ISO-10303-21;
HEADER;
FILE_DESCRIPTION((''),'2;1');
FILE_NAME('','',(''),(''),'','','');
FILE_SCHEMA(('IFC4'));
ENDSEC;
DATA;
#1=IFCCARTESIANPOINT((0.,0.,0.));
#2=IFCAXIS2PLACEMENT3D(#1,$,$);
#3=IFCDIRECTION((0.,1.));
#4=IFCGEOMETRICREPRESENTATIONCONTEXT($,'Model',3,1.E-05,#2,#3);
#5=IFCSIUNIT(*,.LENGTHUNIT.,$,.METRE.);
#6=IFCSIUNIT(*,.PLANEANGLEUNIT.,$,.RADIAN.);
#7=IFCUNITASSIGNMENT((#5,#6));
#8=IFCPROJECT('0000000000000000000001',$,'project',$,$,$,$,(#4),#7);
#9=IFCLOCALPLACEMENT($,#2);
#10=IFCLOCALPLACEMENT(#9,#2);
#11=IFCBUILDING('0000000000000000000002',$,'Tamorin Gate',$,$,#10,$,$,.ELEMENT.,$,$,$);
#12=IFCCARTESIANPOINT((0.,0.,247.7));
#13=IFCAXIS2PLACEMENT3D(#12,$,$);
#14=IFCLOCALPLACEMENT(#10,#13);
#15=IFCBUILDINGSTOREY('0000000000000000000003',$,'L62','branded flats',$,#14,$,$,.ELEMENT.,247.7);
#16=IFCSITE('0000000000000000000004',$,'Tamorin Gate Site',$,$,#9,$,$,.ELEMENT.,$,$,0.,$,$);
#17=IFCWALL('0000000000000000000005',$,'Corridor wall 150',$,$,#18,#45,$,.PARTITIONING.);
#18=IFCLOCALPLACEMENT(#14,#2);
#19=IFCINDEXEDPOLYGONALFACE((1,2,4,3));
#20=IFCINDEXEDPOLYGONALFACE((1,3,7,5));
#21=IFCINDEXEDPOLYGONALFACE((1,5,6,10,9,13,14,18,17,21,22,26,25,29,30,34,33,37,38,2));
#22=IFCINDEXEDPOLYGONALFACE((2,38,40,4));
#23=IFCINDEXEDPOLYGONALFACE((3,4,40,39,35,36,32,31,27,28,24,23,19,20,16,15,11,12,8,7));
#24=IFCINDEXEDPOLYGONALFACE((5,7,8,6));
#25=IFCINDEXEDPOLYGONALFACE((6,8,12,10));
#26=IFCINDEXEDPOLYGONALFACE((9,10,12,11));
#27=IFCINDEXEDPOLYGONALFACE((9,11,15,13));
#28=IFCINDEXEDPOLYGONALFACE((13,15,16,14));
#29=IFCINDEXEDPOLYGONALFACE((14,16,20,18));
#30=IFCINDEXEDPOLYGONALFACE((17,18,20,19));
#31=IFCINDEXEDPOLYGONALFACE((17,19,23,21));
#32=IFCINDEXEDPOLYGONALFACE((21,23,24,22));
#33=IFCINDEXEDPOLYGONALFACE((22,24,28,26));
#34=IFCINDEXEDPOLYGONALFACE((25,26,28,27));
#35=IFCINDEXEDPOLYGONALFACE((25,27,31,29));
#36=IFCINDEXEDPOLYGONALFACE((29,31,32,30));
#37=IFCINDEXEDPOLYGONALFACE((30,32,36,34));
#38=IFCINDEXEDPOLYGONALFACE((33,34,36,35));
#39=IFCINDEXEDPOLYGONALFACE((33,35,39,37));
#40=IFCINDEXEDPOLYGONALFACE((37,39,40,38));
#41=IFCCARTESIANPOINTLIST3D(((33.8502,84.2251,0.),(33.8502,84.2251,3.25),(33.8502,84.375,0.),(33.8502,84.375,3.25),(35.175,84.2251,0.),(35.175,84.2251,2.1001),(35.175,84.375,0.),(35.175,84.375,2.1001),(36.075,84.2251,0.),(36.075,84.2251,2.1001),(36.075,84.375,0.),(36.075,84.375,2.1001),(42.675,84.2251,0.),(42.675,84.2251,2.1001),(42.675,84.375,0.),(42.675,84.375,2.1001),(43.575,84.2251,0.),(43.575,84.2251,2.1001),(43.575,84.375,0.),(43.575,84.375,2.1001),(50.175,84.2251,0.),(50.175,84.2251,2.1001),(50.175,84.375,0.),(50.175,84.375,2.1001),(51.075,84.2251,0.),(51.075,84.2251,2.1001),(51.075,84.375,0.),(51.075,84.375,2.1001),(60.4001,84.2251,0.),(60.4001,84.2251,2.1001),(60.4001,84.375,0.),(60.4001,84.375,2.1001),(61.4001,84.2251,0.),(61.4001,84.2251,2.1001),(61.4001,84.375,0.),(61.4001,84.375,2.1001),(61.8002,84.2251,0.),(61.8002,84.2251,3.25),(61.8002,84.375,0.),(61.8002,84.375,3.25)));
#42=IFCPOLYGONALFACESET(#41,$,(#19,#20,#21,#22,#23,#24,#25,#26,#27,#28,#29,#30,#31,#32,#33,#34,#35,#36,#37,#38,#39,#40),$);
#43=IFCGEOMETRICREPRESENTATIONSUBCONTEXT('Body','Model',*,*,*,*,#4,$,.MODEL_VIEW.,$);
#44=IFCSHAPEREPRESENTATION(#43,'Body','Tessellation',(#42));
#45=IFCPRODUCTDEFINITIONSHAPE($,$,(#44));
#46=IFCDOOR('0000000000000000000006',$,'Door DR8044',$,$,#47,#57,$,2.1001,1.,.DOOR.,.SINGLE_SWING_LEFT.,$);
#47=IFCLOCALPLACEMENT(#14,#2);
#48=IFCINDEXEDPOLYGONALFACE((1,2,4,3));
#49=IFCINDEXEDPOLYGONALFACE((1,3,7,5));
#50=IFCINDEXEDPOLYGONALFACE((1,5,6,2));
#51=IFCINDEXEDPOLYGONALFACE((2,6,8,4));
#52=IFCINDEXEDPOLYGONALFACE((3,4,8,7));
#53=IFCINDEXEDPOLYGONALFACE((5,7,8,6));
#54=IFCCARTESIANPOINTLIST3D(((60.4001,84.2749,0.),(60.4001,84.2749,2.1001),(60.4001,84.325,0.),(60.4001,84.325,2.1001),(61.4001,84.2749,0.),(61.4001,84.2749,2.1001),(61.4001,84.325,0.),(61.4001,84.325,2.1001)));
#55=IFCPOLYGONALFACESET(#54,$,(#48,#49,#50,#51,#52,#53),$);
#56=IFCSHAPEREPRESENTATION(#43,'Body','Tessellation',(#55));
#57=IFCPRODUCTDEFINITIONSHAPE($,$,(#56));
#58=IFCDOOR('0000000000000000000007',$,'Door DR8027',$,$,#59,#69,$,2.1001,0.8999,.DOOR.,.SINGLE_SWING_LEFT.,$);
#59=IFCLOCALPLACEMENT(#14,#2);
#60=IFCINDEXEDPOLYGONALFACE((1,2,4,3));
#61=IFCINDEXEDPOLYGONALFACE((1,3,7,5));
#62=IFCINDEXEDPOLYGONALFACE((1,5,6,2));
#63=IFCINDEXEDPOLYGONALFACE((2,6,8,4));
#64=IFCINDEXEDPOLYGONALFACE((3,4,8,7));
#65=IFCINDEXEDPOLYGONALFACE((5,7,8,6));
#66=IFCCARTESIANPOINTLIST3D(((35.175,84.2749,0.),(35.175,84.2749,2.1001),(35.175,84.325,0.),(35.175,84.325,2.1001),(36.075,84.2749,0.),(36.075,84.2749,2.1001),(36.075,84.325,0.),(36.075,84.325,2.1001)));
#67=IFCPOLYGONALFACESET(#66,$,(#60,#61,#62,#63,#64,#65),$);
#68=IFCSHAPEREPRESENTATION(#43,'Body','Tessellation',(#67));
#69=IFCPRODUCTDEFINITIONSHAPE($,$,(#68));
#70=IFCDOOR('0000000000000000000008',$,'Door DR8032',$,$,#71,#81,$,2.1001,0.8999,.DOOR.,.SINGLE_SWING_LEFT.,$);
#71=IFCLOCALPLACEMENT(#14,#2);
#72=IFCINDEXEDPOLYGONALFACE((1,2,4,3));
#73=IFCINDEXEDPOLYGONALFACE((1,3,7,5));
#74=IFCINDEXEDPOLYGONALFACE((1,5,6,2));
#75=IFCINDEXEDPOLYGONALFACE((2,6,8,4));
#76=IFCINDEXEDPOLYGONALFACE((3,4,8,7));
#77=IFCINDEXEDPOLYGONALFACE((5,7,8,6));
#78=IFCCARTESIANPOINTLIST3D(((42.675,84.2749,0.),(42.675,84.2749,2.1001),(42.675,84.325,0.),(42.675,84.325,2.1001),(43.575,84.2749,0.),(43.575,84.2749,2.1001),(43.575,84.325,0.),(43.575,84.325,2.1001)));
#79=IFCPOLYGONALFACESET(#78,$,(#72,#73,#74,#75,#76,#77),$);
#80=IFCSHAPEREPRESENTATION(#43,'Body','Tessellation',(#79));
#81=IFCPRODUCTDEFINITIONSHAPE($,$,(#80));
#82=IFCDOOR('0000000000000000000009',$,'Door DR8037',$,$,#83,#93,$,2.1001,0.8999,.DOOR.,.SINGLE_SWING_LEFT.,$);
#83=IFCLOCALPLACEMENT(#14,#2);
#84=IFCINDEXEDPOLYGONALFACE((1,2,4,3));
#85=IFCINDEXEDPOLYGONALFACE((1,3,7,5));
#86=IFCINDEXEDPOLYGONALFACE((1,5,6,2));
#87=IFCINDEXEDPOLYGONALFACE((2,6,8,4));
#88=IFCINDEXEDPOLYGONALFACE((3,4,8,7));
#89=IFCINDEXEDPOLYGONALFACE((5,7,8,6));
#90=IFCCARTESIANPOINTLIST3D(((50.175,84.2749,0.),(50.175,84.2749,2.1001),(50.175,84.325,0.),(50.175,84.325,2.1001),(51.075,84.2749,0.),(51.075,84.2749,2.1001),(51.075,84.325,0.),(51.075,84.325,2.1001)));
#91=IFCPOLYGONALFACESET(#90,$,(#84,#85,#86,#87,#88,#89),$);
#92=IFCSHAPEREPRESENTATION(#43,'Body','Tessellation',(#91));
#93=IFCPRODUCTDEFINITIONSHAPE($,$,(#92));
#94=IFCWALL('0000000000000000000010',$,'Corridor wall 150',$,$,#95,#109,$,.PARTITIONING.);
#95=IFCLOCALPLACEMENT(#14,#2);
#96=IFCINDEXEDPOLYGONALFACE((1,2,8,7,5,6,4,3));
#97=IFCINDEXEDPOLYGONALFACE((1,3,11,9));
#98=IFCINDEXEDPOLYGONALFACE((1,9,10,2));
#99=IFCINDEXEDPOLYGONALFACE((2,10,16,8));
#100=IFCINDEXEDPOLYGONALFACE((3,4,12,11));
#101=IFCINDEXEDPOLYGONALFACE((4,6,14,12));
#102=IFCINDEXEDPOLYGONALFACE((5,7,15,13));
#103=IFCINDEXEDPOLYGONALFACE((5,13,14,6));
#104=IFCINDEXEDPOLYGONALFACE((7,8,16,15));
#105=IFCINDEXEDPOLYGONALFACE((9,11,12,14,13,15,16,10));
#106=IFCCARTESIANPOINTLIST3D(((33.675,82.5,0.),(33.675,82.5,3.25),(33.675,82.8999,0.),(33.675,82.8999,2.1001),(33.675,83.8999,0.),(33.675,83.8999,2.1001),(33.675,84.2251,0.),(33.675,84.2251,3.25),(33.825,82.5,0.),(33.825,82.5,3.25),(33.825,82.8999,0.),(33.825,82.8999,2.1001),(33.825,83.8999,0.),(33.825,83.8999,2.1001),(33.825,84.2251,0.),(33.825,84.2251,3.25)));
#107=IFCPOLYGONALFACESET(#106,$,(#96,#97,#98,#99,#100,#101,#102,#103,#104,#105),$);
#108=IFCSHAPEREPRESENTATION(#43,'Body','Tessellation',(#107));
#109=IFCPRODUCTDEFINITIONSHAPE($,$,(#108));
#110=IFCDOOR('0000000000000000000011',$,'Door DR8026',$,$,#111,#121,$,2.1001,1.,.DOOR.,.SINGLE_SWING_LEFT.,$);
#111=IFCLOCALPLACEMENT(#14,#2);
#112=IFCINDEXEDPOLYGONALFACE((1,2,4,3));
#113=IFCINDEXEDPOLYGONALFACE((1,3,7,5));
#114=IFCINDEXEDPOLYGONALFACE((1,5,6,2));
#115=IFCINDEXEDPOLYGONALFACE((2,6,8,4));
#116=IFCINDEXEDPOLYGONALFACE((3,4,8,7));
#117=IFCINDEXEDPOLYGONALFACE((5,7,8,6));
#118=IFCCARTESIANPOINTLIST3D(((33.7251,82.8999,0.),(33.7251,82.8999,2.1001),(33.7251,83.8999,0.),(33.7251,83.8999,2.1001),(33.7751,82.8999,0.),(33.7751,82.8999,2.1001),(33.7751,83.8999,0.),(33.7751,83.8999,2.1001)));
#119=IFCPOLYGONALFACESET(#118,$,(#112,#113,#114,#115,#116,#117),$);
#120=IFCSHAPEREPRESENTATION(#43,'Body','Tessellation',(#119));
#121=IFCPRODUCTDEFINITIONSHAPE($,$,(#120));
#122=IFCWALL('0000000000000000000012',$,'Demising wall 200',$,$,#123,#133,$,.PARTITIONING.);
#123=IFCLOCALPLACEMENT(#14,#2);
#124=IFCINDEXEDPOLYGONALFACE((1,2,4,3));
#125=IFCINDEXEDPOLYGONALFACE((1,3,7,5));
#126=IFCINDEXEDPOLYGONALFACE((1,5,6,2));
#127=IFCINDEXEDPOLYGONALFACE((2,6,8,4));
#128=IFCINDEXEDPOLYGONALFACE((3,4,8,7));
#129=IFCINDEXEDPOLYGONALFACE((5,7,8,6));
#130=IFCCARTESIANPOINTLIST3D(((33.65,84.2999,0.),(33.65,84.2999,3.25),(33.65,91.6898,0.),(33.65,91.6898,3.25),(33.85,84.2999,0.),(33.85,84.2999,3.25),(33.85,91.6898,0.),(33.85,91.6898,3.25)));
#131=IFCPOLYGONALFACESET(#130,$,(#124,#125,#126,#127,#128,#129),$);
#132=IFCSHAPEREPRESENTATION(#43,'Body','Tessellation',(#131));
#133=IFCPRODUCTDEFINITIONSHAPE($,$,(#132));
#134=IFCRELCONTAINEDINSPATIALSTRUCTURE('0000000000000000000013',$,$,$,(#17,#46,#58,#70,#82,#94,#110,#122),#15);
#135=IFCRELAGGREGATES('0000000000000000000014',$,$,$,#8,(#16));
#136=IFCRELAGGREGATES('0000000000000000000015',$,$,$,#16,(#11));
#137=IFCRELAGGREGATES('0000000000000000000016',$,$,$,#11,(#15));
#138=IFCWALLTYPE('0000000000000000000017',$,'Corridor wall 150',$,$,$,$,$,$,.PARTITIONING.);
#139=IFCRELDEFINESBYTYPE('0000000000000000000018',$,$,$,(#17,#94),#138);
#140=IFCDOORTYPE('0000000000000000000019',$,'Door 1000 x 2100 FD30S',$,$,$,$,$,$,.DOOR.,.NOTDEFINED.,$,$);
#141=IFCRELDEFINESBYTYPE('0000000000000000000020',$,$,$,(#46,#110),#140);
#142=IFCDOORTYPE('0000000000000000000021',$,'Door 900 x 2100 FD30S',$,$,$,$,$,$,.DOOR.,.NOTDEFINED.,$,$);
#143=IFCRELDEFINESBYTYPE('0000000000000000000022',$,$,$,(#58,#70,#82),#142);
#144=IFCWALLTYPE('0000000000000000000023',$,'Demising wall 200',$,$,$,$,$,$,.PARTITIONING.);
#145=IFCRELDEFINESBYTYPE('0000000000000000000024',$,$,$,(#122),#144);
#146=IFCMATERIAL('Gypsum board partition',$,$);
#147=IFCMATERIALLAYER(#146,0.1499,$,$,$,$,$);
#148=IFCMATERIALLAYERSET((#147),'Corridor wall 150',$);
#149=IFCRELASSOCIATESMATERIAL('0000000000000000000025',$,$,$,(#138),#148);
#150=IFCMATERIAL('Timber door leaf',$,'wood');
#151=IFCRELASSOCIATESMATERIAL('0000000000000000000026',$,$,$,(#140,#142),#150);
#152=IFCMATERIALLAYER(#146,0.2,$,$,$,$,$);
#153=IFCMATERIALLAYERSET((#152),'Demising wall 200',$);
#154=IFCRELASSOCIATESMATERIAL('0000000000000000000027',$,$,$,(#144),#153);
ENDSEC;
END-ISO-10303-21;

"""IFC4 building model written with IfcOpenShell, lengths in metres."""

from ifc_helpers import new_model, si_unit, direction, frame, frame_2d, origin, place, context, subcontext, project, spatial, rectangle, extrude, material, layer, layer_set, type_object, element, fill, save


model = new_model("IFC4")

# Units and contexts
model_context = context("Model", 3, precision=1e-05, world=origin(), true_north=direction((0.0, 1.0)))
body_context = subcontext(model_context, "Body", "Model", "MODEL_VIEW")
ifc_project = project(units=[si_unit("LENGTHUNIT", "METRE"), si_unit("PLANEANGLEUNIT", "RADIAN")], contexts=[model_context])

# Site, building, storey
site_placement = place(None, origin())
site = spatial("IfcSite", under=ifc_project, at=site_placement, Name="Tamorin Gate Site", CompositionType="ELEMENT", RefElevation=0.0)
building_placement = place(site_placement, origin())
building = spatial("IfcBuilding", under=site, at=building_placement, Name="Tamorin Gate", CompositionType="ELEMENT")
storey_placement = place(building_placement, frame((0.0, 0.0, 247.7)))
storey = spatial("IfcBuildingStorey", under=building, at=storey_placement, Name="L62", Description="branded flats", CompositionType="ELEMENT", Elevation=247.7)

# Wall, openings, doors
ifc_material_1 = material(Name="Gypsum board partition")
ifc_layer_1 = layer(ifc_material_1, 0.1499)
ifc_layer_set_1 = layer_set([ifc_layer_1], Name="Corridor wall 150")
wall_type_1 = type_object("IfcWallType", Name="Corridor wall 150", PredefinedType="PARTITIONING", material=ifc_layer_set_1)
wall_1_placement = place(storey_placement, frame((33.8501, 84.3, 0.0), z_axis=(0.0, 0.0, 1.0), x_axis=(1.0, 0.0, 0.0)))
wall_1 = element("IfcWall", 1, at=wall_1_placement, inside=storey, type_object=wall_type_1, Name="Corridor wall 150", PredefinedType="PARTITIONING", context=body_context, shape_type="SweptSolid", body=[
    extrude(rectangle(XDim=27.95, YDim=0.1499, at=frame_2d((13.9751, 0.0))), origin(), (0.0, 0.0, 1.0), 3.25),
])
opening_1_placement = place(wall_1_placement, frame((1.325, 0.0, 0.0)))
opening_1 = element("IfcOpeningElement", 2, at=opening_1_placement, cuts=wall_1, PredefinedType="OPENING", context=body_context, shape_type="SweptSolid", body=[
    extrude(rectangle(XDim=0.8999, YDim=2.1001, at=frame_2d((0.45, 1.05))), frame((0.0, 0.085, 0.0), z_axis=(0.0, -1.0, 0.0), x_axis=(1.0, 0.0, 0.0)), (0.0, 0.0, 1.0), 0.1699),
])
opening_2_placement = place(wall_1_placement, frame((8.825, 0.0, 0.0)))
opening_2 = element("IfcOpeningElement", 3, at=opening_2_placement, cuts=wall_1, PredefinedType="OPENING", context=body_context, shape_type="SweptSolid", body=[
    extrude(rectangle(XDim=0.8999, YDim=2.1001, at=frame_2d((0.45, 1.05))), frame((0.0, 0.085, 0.0), z_axis=(0.0, -1.0, 0.0), x_axis=(1.0, 0.0, 0.0)), (0.0, 0.0, 1.0), 0.1699),
])
opening_3_placement = place(wall_1_placement, frame((16.325, 0.0, 0.0)))
opening_3 = element("IfcOpeningElement", 4, at=opening_3_placement, cuts=wall_1, PredefinedType="OPENING", context=body_context, shape_type="SweptSolid", body=[
    extrude(rectangle(XDim=0.8999, YDim=2.1001, at=frame_2d((0.45, 1.05))), frame((0.0, 0.085, 0.0), z_axis=(0.0, -1.0, 0.0), x_axis=(1.0, 0.0, 0.0)), (0.0, 0.0, 1.0), 0.1699),
])
opening_4_placement = place(wall_1_placement, frame((26.55, 0.0, 0.0)))
opening_4 = element("IfcOpeningElement", 5, at=opening_4_placement, cuts=wall_1, PredefinedType="OPENING", context=body_context, shape_type="SweptSolid", body=[
    extrude(rectangle(XDim=1.0, YDim=2.1001, at=frame_2d((0.5, 1.05))), frame((0.0, 0.085, 0.0), z_axis=(0.0, -1.0, 0.0), x_axis=(1.0, 0.0, 0.0)), (0.0, 0.0, 1.0), 0.1699),
])
ifc_material_2 = material(Name="Timber door leaf", Category="wood")
door_type_1 = type_object("IfcDoorType", Name="Door 1000 x 2100 FD30S", OperationType="NOTDEFINED", PredefinedType="DOOR", material=ifc_material_2)
door_1_placement = place(opening_4_placement, origin())
door_1 = element("IfcDoor", 6, at=door_1_placement, inside=storey, type_object=door_type_1, Name="Door DR8044", OperationType="SINGLE_SWING_LEFT", OverallHeight=2.1001, OverallWidth=1.0, PredefinedType="DOOR", context=body_context, shape_type="SweptSolid", body=[
    extrude(rectangle(XDim=1.0, YDim=2.1001, at=frame_2d((0.5, 1.05))), frame((0.0, 0.0249, 0.0), z_axis=(0.0, -1.0, 0.0), x_axis=(1.0, 0.0, 0.0)), (0.0, 0.0, 1.0), 0.05),
])
fill(opening_4, door_1)
door_type_2 = type_object("IfcDoorType", Name="Door 900 x 2100 FD30S", OperationType="NOTDEFINED", PredefinedType="DOOR", material=ifc_material_2)
door_2_placement = place(opening_1_placement, origin())
door_2 = element("IfcDoor", 7, at=door_2_placement, inside=storey, type_object=door_type_2, Name="Door DR8027", OperationType="SINGLE_SWING_LEFT", OverallHeight=2.1001, OverallWidth=0.8999, PredefinedType="DOOR", context=body_context, shape_type="SweptSolid", body=[
    extrude(rectangle(XDim=0.8999, YDim=2.1001, at=frame_2d((0.45, 1.05))), frame((0.0, 0.0249, 0.0), z_axis=(0.0, -1.0, 0.0), x_axis=(1.0, 0.0, 0.0)), (0.0, 0.0, 1.0), 0.05),
])
fill(opening_1, door_2)
door_3_placement = place(opening_2_placement, origin())
door_3 = element("IfcDoor", 8, at=door_3_placement, inside=storey, type_object=door_type_2, Name="Door DR8032", OperationType="SINGLE_SWING_LEFT", OverallHeight=2.1001, OverallWidth=0.8999, PredefinedType="DOOR", context=body_context, shape_type="SweptSolid", body=[
    extrude(rectangle(XDim=0.8999, YDim=2.1001, at=frame_2d((0.45, 1.05))), frame((0.0, 0.0249, 0.0), z_axis=(0.0, -1.0, 0.0), x_axis=(1.0, 0.0, 0.0)), (0.0, 0.0, 1.0), 0.05),
])
fill(opening_2, door_3)
door_4_placement = place(opening_3_placement, origin())
door_4 = element("IfcDoor", 9, at=door_4_placement, inside=storey, type_object=door_type_2, Name="Door DR8037", OperationType="SINGLE_SWING_LEFT", OverallHeight=2.1001, OverallWidth=0.8999, PredefinedType="DOOR", context=body_context, shape_type="SweptSolid", body=[
    extrude(rectangle(XDim=0.8999, YDim=2.1001, at=frame_2d((0.45, 1.05))), frame((0.0, 0.0249, 0.0), z_axis=(0.0, -1.0, 0.0), x_axis=(1.0, 0.0, 0.0)), (0.0, 0.0, 1.0), 0.05),
])
fill(opening_3, door_4)

# Wall, opening, door
wall_2_placement = place(storey_placement, frame((33.75, 82.5, 0.0), z_axis=(0.0, 0.0, 1.0), x_axis=(0.0, 1.0, 0.0)))
wall_2 = element("IfcWall", 10, at=wall_2_placement, inside=storey, type_object=wall_type_1, Name="Corridor wall 150", PredefinedType="PARTITIONING", context=body_context, shape_type="SweptSolid", body=[
    extrude(rectangle(XDim=1.7251, YDim=0.1499, at=frame_2d((0.8625, 0.0))), origin(), (0.0, 0.0, 1.0), 3.25),
])
opening_5_placement = place(wall_2_placement, frame((0.3999, 0.0, 0.0)))
opening_5 = element("IfcOpeningElement", 11, at=opening_5_placement, cuts=wall_2, PredefinedType="OPENING", context=body_context, shape_type="SweptSolid", body=[
    extrude(rectangle(XDim=1.0, YDim=2.1001, at=frame_2d((0.5, 1.05))), frame((0.0, 0.085, 0.0), z_axis=(0.0, -1.0, 0.0), x_axis=(1.0, 0.0, 0.0)), (0.0, 0.0, 1.0), 0.1699),
])
door_5_placement = place(opening_5_placement, origin())
door_5 = element("IfcDoor", 12, at=door_5_placement, inside=storey, type_object=door_type_1, Name="Door DR8026", OperationType="SINGLE_SWING_LEFT", OverallHeight=2.1001, OverallWidth=1.0, PredefinedType="DOOR", context=body_context, shape_type="SweptSolid", body=[
    extrude(rectangle(XDim=1.0, YDim=2.1001, at=frame_2d((0.5, 1.05))), frame((0.0, 0.0249, 0.0), z_axis=(0.0, -1.0, 0.0), x_axis=(1.0, 0.0, 0.0)), (0.0, 0.0, 1.0), 0.05),
])
fill(opening_5, door_5)

# Wall
ifc_layer_2 = layer(ifc_material_1, 0.2)
ifc_layer_set_2 = layer_set([ifc_layer_2], Name="Demising wall 200")
wall_type_2 = type_object("IfcWallType", Name="Demising wall 200", PredefinedType="PARTITIONING", material=ifc_layer_set_2)
wall_3_placement = place(storey_placement, frame((33.75, 84.3, 0.0), z_axis=(0.0, 0.0, 1.0), x_axis=(0.0, 1.0, 0.0)))
element("IfcWall", 13, at=wall_3_placement, inside=storey, type_object=wall_type_2, Name="Demising wall 200", PredefinedType="PARTITIONING", context=body_context, shape_type="SweptSolid", body=[
    extrude(rectangle(XDim=7.3899, YDim=0.2, at=frame_2d((3.6948, 0.0))), origin(), (0.0, 0.0, 1.0), 3.25),
])

save(model, "model.ifc")
